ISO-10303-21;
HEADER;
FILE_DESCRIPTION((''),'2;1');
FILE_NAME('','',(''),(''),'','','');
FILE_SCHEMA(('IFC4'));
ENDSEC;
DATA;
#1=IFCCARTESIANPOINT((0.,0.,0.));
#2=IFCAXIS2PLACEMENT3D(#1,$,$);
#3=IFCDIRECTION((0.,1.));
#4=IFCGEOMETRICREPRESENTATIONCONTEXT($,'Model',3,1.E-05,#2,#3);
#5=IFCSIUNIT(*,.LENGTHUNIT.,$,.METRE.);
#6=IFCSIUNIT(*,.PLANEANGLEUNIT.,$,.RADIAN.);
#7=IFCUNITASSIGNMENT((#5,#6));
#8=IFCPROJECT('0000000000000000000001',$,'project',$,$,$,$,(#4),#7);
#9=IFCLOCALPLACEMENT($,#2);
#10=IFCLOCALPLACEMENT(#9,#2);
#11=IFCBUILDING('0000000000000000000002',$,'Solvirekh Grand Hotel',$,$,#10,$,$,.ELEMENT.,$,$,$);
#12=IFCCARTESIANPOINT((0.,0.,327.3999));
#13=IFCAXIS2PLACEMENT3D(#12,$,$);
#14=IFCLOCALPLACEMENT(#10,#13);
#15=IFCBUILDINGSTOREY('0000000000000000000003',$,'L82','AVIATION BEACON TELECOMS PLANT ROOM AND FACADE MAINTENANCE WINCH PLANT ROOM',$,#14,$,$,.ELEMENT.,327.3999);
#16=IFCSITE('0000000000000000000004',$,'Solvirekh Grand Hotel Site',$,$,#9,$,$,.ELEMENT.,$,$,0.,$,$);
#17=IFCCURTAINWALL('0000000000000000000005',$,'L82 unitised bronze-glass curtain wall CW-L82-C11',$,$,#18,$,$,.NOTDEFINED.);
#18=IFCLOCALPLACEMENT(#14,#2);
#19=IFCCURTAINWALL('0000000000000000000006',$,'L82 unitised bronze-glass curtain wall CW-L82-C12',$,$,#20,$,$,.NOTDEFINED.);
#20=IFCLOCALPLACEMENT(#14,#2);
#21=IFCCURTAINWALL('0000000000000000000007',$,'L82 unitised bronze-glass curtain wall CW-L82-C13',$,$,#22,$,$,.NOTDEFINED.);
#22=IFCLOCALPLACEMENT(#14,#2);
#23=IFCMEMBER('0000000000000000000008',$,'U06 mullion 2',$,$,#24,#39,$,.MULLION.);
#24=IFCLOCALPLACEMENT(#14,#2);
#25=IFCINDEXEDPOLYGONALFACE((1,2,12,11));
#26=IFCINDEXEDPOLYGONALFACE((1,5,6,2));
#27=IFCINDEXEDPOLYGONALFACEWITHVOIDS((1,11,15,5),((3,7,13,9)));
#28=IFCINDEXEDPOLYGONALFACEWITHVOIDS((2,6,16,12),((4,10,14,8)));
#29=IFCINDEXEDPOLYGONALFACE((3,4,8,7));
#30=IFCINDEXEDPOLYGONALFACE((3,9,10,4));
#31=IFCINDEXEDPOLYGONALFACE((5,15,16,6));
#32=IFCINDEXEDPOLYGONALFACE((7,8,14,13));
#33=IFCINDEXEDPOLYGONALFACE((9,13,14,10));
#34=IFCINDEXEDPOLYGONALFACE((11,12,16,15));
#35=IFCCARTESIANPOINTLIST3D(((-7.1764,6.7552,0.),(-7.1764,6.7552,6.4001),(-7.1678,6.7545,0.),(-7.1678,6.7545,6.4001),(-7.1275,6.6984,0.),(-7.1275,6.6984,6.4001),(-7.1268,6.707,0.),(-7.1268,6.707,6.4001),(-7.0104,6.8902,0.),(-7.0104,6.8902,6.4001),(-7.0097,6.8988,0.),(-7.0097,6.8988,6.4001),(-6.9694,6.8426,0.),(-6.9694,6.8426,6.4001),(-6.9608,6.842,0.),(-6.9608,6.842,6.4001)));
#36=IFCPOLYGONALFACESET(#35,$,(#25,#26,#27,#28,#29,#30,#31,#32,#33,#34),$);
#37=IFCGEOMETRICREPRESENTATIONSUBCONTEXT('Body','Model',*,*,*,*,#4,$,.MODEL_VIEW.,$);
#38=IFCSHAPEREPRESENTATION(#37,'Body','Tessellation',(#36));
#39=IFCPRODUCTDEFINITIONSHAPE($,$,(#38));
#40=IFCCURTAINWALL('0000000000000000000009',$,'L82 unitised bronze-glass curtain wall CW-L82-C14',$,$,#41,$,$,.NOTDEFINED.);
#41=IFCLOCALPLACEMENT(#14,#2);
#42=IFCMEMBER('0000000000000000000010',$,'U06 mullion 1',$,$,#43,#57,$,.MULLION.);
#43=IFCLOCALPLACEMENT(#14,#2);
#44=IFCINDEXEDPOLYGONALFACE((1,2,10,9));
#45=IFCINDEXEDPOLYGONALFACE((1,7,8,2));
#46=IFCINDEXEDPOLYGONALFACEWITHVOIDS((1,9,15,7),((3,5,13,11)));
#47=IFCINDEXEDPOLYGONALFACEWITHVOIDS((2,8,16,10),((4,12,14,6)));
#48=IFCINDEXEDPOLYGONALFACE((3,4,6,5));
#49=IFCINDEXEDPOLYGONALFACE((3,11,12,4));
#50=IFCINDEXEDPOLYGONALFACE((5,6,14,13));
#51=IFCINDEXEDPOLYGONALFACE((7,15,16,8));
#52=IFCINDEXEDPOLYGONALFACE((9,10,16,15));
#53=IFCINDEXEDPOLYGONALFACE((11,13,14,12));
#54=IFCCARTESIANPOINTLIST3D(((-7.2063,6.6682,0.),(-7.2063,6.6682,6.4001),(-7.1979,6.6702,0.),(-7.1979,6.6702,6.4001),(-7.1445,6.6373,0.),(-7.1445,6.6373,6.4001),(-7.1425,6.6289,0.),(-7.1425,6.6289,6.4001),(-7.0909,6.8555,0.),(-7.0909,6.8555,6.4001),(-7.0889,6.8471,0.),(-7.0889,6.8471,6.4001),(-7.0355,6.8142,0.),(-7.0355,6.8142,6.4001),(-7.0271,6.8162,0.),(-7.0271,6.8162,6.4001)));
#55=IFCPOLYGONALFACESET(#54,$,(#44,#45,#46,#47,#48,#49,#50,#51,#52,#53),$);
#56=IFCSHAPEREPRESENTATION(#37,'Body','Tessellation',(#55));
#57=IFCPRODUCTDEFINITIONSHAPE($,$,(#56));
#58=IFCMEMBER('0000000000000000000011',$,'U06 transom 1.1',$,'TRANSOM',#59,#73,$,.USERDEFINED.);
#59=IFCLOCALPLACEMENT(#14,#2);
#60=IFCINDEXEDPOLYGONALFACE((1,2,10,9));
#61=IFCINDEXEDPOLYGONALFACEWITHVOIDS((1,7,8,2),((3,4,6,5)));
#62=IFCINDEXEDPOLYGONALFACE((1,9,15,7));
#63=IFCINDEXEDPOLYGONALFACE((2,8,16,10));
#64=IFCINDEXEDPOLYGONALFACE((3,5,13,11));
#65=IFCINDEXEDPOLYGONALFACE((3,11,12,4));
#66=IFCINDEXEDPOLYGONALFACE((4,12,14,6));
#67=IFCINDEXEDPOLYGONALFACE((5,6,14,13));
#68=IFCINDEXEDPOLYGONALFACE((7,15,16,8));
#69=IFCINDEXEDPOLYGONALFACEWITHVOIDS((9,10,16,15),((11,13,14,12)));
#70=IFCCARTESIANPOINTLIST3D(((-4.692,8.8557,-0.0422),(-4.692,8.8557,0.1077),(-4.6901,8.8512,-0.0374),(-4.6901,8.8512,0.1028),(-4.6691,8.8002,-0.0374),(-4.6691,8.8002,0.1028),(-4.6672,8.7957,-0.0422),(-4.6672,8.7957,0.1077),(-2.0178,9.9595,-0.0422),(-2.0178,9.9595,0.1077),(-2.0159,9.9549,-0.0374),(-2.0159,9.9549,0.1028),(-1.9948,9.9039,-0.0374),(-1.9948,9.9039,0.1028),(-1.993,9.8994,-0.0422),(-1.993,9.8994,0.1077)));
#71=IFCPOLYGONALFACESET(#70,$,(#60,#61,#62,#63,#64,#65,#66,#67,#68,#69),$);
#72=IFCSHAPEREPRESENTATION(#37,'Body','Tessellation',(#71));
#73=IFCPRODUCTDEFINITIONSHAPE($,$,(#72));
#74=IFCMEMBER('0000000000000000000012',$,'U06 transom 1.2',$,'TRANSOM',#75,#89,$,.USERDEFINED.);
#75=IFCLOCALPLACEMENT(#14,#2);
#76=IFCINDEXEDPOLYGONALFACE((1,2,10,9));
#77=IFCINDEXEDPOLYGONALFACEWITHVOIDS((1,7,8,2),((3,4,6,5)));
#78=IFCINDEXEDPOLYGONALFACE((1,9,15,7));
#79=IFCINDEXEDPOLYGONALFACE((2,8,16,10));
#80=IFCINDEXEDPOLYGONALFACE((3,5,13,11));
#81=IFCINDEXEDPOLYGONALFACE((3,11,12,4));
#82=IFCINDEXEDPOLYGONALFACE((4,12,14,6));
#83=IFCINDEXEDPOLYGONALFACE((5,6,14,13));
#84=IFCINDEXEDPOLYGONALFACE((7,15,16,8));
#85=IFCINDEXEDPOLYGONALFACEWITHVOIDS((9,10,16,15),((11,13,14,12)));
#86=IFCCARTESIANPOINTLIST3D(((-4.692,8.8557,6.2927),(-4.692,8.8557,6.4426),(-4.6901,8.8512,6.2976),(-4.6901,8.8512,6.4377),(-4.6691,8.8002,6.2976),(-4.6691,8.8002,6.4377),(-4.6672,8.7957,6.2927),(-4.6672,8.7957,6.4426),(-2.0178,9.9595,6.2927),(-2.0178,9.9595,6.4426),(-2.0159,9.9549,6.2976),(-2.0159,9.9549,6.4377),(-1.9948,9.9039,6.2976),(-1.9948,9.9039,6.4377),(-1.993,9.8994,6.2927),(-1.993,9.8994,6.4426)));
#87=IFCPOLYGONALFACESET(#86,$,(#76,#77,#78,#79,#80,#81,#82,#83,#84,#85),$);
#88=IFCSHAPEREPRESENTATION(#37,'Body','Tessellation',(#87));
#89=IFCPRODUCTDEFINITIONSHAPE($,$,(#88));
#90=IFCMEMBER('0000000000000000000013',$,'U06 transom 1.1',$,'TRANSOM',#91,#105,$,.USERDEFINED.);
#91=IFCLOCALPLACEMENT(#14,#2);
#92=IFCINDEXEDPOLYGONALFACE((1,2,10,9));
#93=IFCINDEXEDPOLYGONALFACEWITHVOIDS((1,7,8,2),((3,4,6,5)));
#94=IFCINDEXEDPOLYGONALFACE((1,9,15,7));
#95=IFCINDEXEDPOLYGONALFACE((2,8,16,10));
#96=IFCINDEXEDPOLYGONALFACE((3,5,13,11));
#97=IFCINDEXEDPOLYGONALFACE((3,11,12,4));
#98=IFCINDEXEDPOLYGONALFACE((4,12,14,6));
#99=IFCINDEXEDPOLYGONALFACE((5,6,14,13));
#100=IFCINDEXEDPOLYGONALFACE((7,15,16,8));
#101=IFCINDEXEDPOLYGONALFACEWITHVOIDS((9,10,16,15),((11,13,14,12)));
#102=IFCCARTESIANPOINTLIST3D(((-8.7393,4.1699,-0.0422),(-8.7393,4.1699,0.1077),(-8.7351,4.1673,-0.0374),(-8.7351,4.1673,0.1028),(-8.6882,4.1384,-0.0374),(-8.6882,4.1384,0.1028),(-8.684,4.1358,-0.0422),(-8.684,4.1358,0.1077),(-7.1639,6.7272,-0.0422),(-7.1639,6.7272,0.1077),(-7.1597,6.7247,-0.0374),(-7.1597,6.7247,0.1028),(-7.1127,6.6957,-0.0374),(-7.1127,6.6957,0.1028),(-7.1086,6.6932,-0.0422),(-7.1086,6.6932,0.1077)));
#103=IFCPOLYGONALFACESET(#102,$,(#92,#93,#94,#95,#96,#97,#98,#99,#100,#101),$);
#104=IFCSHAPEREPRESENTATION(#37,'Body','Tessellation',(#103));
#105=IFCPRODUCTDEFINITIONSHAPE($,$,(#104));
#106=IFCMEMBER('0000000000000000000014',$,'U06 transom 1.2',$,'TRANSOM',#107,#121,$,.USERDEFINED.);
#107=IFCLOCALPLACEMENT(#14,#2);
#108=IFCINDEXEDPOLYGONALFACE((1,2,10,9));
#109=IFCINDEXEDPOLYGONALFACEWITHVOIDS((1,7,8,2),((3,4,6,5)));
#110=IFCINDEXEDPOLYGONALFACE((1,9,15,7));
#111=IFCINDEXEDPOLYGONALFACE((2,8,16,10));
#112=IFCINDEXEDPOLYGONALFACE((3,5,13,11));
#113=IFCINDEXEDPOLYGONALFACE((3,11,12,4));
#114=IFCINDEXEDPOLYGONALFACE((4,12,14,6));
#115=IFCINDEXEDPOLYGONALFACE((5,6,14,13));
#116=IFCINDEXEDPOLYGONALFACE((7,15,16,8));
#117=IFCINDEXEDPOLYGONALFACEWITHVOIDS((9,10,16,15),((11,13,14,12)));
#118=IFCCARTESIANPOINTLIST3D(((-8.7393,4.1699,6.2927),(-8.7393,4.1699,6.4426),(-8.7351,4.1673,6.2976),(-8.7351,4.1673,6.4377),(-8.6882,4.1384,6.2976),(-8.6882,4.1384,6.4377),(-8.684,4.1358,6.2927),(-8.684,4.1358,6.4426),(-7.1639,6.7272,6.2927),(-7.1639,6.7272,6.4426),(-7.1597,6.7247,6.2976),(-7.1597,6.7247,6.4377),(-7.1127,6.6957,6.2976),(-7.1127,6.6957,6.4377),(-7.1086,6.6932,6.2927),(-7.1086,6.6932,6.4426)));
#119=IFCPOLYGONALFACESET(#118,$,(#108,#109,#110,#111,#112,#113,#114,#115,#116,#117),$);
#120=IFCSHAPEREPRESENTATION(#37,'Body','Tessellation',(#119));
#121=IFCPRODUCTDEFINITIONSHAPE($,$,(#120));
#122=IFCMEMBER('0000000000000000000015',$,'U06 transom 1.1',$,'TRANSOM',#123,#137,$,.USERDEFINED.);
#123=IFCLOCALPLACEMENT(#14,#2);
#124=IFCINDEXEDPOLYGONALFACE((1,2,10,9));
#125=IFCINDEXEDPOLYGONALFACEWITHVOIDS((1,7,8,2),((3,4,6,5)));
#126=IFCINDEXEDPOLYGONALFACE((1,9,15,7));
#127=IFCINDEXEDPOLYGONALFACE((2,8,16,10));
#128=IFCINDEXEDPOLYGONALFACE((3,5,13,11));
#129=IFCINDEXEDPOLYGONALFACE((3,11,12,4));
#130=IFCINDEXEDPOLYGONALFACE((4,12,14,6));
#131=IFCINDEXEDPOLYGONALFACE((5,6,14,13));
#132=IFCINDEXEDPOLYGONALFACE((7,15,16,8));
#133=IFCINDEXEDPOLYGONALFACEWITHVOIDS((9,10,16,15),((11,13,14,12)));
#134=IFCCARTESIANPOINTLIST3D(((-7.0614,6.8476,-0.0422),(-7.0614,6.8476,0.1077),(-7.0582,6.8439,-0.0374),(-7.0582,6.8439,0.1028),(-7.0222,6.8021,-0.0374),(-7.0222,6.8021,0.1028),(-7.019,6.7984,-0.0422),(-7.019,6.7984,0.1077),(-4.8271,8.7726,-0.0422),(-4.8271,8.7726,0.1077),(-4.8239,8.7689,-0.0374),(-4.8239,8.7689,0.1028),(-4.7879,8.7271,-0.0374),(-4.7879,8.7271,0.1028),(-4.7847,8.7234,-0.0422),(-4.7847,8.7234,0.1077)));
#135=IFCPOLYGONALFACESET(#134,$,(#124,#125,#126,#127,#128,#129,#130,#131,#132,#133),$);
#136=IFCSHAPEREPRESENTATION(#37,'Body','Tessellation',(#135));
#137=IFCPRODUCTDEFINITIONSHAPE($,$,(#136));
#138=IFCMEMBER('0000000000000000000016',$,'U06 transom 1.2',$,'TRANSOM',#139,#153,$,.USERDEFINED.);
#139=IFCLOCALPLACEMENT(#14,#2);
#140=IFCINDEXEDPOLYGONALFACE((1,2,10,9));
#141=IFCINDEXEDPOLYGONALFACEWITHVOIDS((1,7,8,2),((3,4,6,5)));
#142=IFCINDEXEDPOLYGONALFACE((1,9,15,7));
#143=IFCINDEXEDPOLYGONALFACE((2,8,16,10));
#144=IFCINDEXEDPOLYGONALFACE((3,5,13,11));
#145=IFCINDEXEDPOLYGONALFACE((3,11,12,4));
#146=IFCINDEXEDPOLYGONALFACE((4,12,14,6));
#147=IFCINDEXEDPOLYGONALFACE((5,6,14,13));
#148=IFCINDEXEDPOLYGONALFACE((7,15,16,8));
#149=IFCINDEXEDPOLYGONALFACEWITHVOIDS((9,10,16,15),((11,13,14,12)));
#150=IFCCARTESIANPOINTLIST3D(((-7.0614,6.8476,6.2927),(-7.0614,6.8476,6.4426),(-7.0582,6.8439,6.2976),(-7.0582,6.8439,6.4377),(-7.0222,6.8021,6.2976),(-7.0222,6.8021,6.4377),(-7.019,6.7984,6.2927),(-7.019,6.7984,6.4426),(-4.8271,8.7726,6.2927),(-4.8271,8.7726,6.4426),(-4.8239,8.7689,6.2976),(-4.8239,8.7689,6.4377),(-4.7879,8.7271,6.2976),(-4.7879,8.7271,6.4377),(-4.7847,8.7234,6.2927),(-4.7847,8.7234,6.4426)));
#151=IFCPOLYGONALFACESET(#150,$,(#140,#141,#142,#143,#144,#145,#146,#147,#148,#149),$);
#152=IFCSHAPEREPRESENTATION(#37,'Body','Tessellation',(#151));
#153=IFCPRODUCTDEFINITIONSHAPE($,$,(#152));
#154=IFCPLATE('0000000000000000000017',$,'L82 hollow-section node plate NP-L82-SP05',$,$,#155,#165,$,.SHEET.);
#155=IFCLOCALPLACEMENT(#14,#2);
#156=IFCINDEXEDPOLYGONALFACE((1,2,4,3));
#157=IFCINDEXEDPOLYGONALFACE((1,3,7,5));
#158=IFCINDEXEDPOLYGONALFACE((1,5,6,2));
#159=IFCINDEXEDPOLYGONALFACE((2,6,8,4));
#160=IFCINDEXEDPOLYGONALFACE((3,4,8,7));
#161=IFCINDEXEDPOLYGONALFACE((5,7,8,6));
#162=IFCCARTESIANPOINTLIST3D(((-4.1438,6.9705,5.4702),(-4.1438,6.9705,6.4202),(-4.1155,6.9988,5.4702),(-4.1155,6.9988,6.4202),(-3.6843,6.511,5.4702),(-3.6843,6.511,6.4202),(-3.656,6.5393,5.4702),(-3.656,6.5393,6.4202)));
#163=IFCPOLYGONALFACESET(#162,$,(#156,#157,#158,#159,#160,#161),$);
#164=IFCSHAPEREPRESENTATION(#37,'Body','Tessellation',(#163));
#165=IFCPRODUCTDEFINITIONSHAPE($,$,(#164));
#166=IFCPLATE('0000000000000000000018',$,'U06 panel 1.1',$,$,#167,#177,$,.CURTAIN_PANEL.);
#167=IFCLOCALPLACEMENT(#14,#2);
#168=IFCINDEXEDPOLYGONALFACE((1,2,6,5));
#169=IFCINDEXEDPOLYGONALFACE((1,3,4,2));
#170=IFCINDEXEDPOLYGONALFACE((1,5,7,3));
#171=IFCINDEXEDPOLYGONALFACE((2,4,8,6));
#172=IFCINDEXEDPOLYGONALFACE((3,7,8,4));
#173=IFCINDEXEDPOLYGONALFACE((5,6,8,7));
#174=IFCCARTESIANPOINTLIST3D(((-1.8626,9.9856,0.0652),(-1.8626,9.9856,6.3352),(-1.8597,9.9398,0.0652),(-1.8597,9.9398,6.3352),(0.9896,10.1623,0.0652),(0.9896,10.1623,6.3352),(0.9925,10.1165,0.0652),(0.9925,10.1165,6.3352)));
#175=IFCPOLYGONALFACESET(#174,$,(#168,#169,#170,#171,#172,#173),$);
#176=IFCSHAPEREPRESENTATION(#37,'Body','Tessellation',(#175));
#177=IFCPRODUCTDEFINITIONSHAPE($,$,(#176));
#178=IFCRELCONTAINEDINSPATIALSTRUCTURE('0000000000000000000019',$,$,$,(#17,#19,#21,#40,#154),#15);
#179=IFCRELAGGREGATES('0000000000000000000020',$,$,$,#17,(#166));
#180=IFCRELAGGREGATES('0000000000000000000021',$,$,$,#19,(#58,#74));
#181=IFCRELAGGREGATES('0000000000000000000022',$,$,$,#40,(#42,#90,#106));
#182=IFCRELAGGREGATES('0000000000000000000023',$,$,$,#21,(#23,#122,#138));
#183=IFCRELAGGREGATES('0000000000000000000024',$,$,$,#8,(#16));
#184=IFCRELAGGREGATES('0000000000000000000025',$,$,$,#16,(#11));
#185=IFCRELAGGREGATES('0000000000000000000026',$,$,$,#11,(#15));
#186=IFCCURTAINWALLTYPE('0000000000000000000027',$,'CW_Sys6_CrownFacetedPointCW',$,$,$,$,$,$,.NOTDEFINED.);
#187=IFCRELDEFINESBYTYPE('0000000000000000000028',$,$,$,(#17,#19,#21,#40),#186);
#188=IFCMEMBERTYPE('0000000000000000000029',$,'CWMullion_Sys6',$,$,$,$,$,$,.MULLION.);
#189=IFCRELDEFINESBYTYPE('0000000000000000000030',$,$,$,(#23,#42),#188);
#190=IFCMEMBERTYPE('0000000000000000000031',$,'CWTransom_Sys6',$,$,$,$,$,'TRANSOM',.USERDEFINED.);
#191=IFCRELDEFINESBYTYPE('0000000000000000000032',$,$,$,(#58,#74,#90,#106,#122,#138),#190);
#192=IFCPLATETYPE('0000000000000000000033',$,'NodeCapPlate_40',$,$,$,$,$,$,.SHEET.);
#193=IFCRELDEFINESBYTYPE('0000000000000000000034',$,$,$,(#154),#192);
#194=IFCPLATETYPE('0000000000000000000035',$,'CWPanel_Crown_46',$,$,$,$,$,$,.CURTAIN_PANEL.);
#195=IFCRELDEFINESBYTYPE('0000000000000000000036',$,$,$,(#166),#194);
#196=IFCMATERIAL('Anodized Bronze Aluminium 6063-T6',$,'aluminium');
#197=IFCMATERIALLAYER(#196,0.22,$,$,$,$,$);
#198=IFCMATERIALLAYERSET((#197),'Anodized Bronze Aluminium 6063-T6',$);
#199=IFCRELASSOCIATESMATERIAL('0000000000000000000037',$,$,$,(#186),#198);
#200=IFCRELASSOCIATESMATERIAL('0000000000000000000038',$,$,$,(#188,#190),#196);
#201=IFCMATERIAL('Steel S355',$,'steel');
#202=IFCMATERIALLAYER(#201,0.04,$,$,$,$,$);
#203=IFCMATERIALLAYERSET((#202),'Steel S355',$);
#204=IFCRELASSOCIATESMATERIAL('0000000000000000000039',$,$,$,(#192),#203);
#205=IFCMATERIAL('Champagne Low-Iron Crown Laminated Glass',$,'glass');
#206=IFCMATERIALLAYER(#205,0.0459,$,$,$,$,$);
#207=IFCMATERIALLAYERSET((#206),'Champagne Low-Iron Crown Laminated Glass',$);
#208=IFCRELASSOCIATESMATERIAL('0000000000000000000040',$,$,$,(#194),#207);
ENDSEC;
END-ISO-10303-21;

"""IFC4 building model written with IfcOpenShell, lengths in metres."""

from ifc_helpers import new_model, si_unit, direction, frame, origin, origin_2d, place, context, subcontext, project, spatial, rectangle, hollow_rectangle, extrude, source, transform, mapped, material, layer, layer_set, material_profile, profile_set, type_object, element, aggregate, save


model = new_model("IFC4")

# Units and contexts
model_context = context("Model", 3, precision=1e-05, world=origin(), true_north=direction((0.0, 1.0)))
body_context = subcontext(model_context, "Body", "Model", "MODEL_VIEW")
ifc_project = project(units=[si_unit("LENGTHUNIT", "METRE"), si_unit("PLANEANGLEUNIT", "RADIAN")], contexts=[model_context])

# Site, building, storey
site_placement = place(None, origin())
site = spatial("IfcSite", under=ifc_project, at=site_placement, Name="Solvirekh Grand Hotel Site", CompositionType="ELEMENT", RefElevation=0.0)
building_placement = place(site_placement, origin())
building = spatial("IfcBuilding", under=site, at=building_placement, Name="Solvirekh Grand Hotel", CompositionType="ELEMENT")
storey_placement = place(building_placement, frame((0.0, 0.0, 327.3999)))
storey = spatial("IfcBuildingStorey", under=building, at=storey_placement, Name="L82", Description="AVIATION BEACON TELECOMS PLANT ROOM AND FACADE MAINTENANCE WINCH PLANT ROOM", CompositionType="ELEMENT", Elevation=327.3999)

# Shared definitions
ifc_material_1 = material(Name="Steel S355", Category="steel")

# Curtain wall
ifc_material_2 = material(Name="Anodized Bronze Aluminium 6063-T6", Category="aluminium")
ifc_layer_1 = layer(ifc_material_2, 0.22)
ifc_layer_set_1 = layer_set([ifc_layer_1], Name="Anodized Bronze Aluminium 6063-T6")
curtain_wall_type = type_object("IfcCurtainWallType", Name="CW_Sys6_CrownFacetedPointCW", PredefinedType="NOTDEFINED", material=ifc_layer_set_1)
curtain_wall_1_placement = place(storey_placement, origin())
curtain_wall_1 = element("IfcCurtainWall", 1, at=curtain_wall_1_placement, inside=storey, type_object=curtain_wall_type, Name="L82 unitised bronze-glass curtain wall CW-L82-C11", PredefinedType="NOTDEFINED")
ifc_material_profile_1 = material_profile(ifc_material_2, hollow_rectangle(XDim=0.075, YDim=0.22, WallThickness=0.0061, at=origin_2d()), Name="ALU RHS 220X75X6")
ifc_profile_set_1 = profile_set([ifc_material_profile_1], Name="Anodized Bronze Aluminium 6063-T6")
member_type_1 = type_object("IfcMemberType", Name="CWMullion_Sys6", PredefinedType="MULLION", material=ifc_profile_set_1)
shared_shape_1 = source(origin(), body_context, "Body", "SweptSolid", [
    extrude(hollow_rectangle(XDim=0.075, YDim=0.22, WallThickness=0.0061, at=origin_2d()), origin(), (0.0, 0.0, 1.0), 6.4001),
])

# Curtain walls, member
curtain_wall_2_placement = place(storey_placement, origin())
curtain_wall_2 = element("IfcCurtainWall", 2, at=curtain_wall_2_placement, inside=storey, type_object=curtain_wall_type, Name="L82 unitised bronze-glass curtain wall CW-L82-C12", PredefinedType="NOTDEFINED")
curtain_wall_3_placement = place(storey_placement, origin())
curtain_wall_3 = element("IfcCurtainWall", 3, at=curtain_wall_3_placement, inside=storey, type_object=curtain_wall_type, Name="L82 unitised bronze-glass curtain wall CW-L82-C13", PredefinedType="NOTDEFINED")
member_1_placement = place(storey_placement, frame((-7.0686, 6.7986, 0.0), z_axis=(0.0, 0.0, 1.0), x_axis=(0.652729, -0.757592, 0.0)))
member_1 = element("IfcMember", 4, at=member_1_placement, type_object=member_type_1, Name="U06 mullion 2", PredefinedType="MULLION", context=body_context, shape_type="MappedRepresentation", body=[
    mapped(shared_shape_1, transform((0.0, 0.0, 0.0), x_axis=(1.0, 0.0, 0.0), y_axis=(0.0, 1.0, 0.0), z_axis=(0.0, 0.0, 1.0), scale=1.0)),
])

# Curtain wall, member
curtain_wall_4_placement = place(storey_placement, origin())
curtain_wall_4 = element("IfcCurtainWall", 5, at=curtain_wall_4_placement, inside=storey, type_object=curtain_wall_type, Name="L82 unitised bronze-glass curtain wall CW-L82-C14", PredefinedType="NOTDEFINED")
member_2_placement = place(storey_placement, frame((-7.1167, 6.7422, 0.0), z_axis=(0.0, 0.0, 1.0), x_axis=(0.851419, -0.524487, 0.0)))
member_2 = element("IfcMember", 6, at=member_2_placement, type_object=member_type_1, Name="U06 mullion 1", PredefinedType="MULLION", context=body_context, shape_type="MappedRepresentation", body=[
    mapped(shared_shape_1, transform((0.0, 0.0, 0.0), x_axis=(1.0, 0.0, 0.0), y_axis=(0.0, 1.0, 0.0), z_axis=(0.0, 0.0, 1.0), scale=1.0)),
])

# Members
ifc_material_profile_2 = material_profile(ifc_material_2, hollow_rectangle(XDim=0.0649, YDim=0.1499, WallThickness=0.0049, at=origin_2d()), Name="ALU RHS 150X65X5")
ifc_profile_set_2 = profile_set([ifc_material_profile_2], Name="Anodized Bronze Aluminium 6063-T6")
member_type_2 = type_object("IfcMemberType", Name="CWTransom_Sys6", ElementType="TRANSOM", PredefinedType="USERDEFINED", material=ifc_profile_set_2)
shared_shape_2 = source(origin(), body_context, "Body", "SweptSolid", [
    extrude(hollow_rectangle(XDim=0.0649, YDim=0.1499, WallThickness=0.0049, at=origin_2d()), origin(), (0.0, 0.0, 1.0), 2.8931),
])
member_3_placement = place(storey_placement, frame((-2.0054, 9.9294, 0.0327), z_axis=(-0.924365, -0.381509, 0.0), x_axis=(0.381509, -0.924365, 0.0)))
member_3 = element("IfcMember", 7, at=member_3_placement, type_object=member_type_2, Name="U06 transom 1.1", ObjectType="TRANSOM", PredefinedType="USERDEFINED", context=body_context, shape_type="MappedRepresentation", body=[
    mapped(shared_shape_2, transform((0.0, 0.0, 0.0), x_axis=(1.0, 0.0, 0.0), y_axis=(0.0, 1.0, 0.0), z_axis=(0.0, 0.0, 1.0), scale=1.0)),
])
member_4_placement = place(storey_placement, frame((-2.0054, 9.9294, 6.3677), z_axis=(-0.924365, -0.381509, 0.0), x_axis=(0.381509, -0.924365, 0.0)))
member_4 = element("IfcMember", 8, at=member_4_placement, type_object=member_type_2, Name="U06 transom 1.2", ObjectType="TRANSOM", PredefinedType="USERDEFINED", context=body_context, shape_type="MappedRepresentation", body=[
    mapped(shared_shape_2, transform((0.0, 0.0, 0.0), x_axis=(1.0, 0.0, 0.0), y_axis=(0.0, 1.0, 0.0), z_axis=(0.0, 0.0, 1.0), scale=1.0)),
])
shared_shape_3 = source(origin(), body_context, "Body", "SweptSolid", [
    extrude(hollow_rectangle(XDim=0.0649, YDim=0.1499, WallThickness=0.0049, at=origin_2d()), origin(), (0.0, 0.0, 1.0), 3.0037),
])
member_5_placement = place(storey_placement, frame((-7.1362, 6.7102, 0.0327), z_axis=(-0.524501, -0.85141, 0.0), x_axis=(0.85141, -0.524501, 0.0)))
member_5 = element("IfcMember", 9, at=member_5_placement, type_object=member_type_2, Name="U06 transom 1.1", ObjectType="TRANSOM", PredefinedType="USERDEFINED", context=body_context, shape_type="MappedRepresentation", body=[
    mapped(shared_shape_3, transform((0.0, 0.0, 0.0), x_axis=(1.0, 0.0, 0.0), y_axis=(0.0, 1.0, 0.0), z_axis=(0.0, 0.0, 1.0), scale=1.0)),
])
member_6_placement = place(storey_placement, frame((-7.1362, 6.7102, 6.3677), z_axis=(-0.524501, -0.85141, 0.0), x_axis=(0.85141, -0.524501, 0.0)))
member_6 = element("IfcMember", 10, at=member_6_placement, type_object=member_type_2, Name="U06 transom 1.2", ObjectType="TRANSOM", PredefinedType="USERDEFINED", context=body_context, shape_type="MappedRepresentation", body=[
    mapped(shared_shape_3, transform((0.0, 0.0, 0.0), x_axis=(1.0, 0.0, 0.0), y_axis=(0.0, 1.0, 0.0), z_axis=(0.0, 0.0, 1.0), scale=1.0)),
])
shared_shape_4 = source(origin(), body_context, "Body", "SweptSolid", [
    extrude(hollow_rectangle(XDim=0.0649, YDim=0.1499, WallThickness=0.0049, at=origin_2d()), origin(), (0.0, 0.0, 1.0), 2.9492),
])
member_7_placement = place(storey_placement, frame((-4.8059, 8.748, 0.0327), z_axis=(-0.757601, -0.652719, 0.0), x_axis=(0.652719, -0.757601, 0.0)))
member_7 = element("IfcMember", 11, at=member_7_placement, type_object=member_type_2, Name="U06 transom 1.1", ObjectType="TRANSOM", PredefinedType="USERDEFINED", context=body_context, shape_type="MappedRepresentation", body=[
    mapped(shared_shape_4, transform((0.0, 0.0, 0.0), x_axis=(1.0, 0.0, 0.0), y_axis=(0.0, 1.0, 0.0), z_axis=(0.0, 0.0, 1.0), scale=1.0)),
])
member_8_placement = place(storey_placement, frame((-4.8059, 8.748, 6.3677), z_axis=(-0.757601, -0.652719, 0.0), x_axis=(0.652719, -0.757601, 0.0)))
member_8 = element("IfcMember", 12, at=member_8_placement, type_object=member_type_2, Name="U06 transom 1.2", ObjectType="TRANSOM", PredefinedType="USERDEFINED", context=body_context, shape_type="MappedRepresentation", body=[
    mapped(shared_shape_4, transform((0.0, 0.0, 0.0), x_axis=(1.0, 0.0, 0.0), y_axis=(0.0, 1.0, 0.0), z_axis=(0.0, 0.0, 1.0), scale=1.0)),
])

# Plates
ifc_layer_2 = layer(ifc_material_1, 0.04)
ifc_layer_set_2 = layer_set([ifc_layer_2], Name="Steel S355")
plate_type_1 = type_object("IfcPlateType", Name="NodeCapPlate_40", PredefinedType="SHEET", material=ifc_layer_set_2)
plate_1_placement = place(storey_placement, frame((-3.8999, 6.7549, 5.4702), z_axis=(0.0, 0.0, 1.0), x_axis=(-0.707107, -0.707107, 0.0)))
element("IfcPlate", 13, at=plate_1_placement, inside=storey, type_object=plate_type_1, Name="L82 hollow-section node plate NP-L82-SP05", PredefinedType="SHEET", context=body_context, shape_type="SweptSolid", body=[
    extrude(rectangle(XDim=0.04, YDim=0.6499, at=origin_2d()), origin(), (0.0, 0.0, 1.0), 0.95),
])
ifc_material_3 = material(Name="Champagne Low-Iron Crown Laminated Glass", Category="glass")
ifc_layer_3 = layer(ifc_material_3, 0.0459)
ifc_layer_set_3 = layer_set([ifc_layer_3], Name="Champagne Low-Iron Crown Laminated Glass")
plate_type_2 = type_object("IfcPlateType", Name="CWPanel_Crown_46", PredefinedType="CURTAIN_PANEL", material=ifc_layer_set_3)
shared_shape_5 = source(origin(), body_context, "Body", "SweptSolid", [
    extrude(rectangle(XDim=2.8577, YDim=0.0459, at=origin_2d()), origin(), (0.0, 0.0, 1.0), 6.27),
])
plate_2_placement = place(storey_placement, frame((-0.4351, 10.051, 0.0652), z_axis=(0.0, 0.0, 1.0), x_axis=(-0.998086, -0.06184, 0.0)))
plate_2 = element("IfcPlate", 14, at=plate_2_placement, type_object=plate_type_2, Name="U06 panel 1.1", PredefinedType="CURTAIN_PANEL", context=body_context, shape_type="MappedRepresentation", body=[
    mapped(shared_shape_5, transform((0.0, 0.0, 0.0), x_axis=(1.0, 0.0, 0.0), y_axis=(0.0, 1.0, 0.0), z_axis=(0.0, 0.0, 1.0), scale=1.0)),
])
aggregate(curtain_wall_1, [plate_2])
aggregate(curtain_wall_2, [member_3, member_4])
aggregate(curtain_wall_4, [member_2, member_5, member_6])
aggregate(curtain_wall_3, [member_1, member_7, member_8])

save(model, "model.ifc")
